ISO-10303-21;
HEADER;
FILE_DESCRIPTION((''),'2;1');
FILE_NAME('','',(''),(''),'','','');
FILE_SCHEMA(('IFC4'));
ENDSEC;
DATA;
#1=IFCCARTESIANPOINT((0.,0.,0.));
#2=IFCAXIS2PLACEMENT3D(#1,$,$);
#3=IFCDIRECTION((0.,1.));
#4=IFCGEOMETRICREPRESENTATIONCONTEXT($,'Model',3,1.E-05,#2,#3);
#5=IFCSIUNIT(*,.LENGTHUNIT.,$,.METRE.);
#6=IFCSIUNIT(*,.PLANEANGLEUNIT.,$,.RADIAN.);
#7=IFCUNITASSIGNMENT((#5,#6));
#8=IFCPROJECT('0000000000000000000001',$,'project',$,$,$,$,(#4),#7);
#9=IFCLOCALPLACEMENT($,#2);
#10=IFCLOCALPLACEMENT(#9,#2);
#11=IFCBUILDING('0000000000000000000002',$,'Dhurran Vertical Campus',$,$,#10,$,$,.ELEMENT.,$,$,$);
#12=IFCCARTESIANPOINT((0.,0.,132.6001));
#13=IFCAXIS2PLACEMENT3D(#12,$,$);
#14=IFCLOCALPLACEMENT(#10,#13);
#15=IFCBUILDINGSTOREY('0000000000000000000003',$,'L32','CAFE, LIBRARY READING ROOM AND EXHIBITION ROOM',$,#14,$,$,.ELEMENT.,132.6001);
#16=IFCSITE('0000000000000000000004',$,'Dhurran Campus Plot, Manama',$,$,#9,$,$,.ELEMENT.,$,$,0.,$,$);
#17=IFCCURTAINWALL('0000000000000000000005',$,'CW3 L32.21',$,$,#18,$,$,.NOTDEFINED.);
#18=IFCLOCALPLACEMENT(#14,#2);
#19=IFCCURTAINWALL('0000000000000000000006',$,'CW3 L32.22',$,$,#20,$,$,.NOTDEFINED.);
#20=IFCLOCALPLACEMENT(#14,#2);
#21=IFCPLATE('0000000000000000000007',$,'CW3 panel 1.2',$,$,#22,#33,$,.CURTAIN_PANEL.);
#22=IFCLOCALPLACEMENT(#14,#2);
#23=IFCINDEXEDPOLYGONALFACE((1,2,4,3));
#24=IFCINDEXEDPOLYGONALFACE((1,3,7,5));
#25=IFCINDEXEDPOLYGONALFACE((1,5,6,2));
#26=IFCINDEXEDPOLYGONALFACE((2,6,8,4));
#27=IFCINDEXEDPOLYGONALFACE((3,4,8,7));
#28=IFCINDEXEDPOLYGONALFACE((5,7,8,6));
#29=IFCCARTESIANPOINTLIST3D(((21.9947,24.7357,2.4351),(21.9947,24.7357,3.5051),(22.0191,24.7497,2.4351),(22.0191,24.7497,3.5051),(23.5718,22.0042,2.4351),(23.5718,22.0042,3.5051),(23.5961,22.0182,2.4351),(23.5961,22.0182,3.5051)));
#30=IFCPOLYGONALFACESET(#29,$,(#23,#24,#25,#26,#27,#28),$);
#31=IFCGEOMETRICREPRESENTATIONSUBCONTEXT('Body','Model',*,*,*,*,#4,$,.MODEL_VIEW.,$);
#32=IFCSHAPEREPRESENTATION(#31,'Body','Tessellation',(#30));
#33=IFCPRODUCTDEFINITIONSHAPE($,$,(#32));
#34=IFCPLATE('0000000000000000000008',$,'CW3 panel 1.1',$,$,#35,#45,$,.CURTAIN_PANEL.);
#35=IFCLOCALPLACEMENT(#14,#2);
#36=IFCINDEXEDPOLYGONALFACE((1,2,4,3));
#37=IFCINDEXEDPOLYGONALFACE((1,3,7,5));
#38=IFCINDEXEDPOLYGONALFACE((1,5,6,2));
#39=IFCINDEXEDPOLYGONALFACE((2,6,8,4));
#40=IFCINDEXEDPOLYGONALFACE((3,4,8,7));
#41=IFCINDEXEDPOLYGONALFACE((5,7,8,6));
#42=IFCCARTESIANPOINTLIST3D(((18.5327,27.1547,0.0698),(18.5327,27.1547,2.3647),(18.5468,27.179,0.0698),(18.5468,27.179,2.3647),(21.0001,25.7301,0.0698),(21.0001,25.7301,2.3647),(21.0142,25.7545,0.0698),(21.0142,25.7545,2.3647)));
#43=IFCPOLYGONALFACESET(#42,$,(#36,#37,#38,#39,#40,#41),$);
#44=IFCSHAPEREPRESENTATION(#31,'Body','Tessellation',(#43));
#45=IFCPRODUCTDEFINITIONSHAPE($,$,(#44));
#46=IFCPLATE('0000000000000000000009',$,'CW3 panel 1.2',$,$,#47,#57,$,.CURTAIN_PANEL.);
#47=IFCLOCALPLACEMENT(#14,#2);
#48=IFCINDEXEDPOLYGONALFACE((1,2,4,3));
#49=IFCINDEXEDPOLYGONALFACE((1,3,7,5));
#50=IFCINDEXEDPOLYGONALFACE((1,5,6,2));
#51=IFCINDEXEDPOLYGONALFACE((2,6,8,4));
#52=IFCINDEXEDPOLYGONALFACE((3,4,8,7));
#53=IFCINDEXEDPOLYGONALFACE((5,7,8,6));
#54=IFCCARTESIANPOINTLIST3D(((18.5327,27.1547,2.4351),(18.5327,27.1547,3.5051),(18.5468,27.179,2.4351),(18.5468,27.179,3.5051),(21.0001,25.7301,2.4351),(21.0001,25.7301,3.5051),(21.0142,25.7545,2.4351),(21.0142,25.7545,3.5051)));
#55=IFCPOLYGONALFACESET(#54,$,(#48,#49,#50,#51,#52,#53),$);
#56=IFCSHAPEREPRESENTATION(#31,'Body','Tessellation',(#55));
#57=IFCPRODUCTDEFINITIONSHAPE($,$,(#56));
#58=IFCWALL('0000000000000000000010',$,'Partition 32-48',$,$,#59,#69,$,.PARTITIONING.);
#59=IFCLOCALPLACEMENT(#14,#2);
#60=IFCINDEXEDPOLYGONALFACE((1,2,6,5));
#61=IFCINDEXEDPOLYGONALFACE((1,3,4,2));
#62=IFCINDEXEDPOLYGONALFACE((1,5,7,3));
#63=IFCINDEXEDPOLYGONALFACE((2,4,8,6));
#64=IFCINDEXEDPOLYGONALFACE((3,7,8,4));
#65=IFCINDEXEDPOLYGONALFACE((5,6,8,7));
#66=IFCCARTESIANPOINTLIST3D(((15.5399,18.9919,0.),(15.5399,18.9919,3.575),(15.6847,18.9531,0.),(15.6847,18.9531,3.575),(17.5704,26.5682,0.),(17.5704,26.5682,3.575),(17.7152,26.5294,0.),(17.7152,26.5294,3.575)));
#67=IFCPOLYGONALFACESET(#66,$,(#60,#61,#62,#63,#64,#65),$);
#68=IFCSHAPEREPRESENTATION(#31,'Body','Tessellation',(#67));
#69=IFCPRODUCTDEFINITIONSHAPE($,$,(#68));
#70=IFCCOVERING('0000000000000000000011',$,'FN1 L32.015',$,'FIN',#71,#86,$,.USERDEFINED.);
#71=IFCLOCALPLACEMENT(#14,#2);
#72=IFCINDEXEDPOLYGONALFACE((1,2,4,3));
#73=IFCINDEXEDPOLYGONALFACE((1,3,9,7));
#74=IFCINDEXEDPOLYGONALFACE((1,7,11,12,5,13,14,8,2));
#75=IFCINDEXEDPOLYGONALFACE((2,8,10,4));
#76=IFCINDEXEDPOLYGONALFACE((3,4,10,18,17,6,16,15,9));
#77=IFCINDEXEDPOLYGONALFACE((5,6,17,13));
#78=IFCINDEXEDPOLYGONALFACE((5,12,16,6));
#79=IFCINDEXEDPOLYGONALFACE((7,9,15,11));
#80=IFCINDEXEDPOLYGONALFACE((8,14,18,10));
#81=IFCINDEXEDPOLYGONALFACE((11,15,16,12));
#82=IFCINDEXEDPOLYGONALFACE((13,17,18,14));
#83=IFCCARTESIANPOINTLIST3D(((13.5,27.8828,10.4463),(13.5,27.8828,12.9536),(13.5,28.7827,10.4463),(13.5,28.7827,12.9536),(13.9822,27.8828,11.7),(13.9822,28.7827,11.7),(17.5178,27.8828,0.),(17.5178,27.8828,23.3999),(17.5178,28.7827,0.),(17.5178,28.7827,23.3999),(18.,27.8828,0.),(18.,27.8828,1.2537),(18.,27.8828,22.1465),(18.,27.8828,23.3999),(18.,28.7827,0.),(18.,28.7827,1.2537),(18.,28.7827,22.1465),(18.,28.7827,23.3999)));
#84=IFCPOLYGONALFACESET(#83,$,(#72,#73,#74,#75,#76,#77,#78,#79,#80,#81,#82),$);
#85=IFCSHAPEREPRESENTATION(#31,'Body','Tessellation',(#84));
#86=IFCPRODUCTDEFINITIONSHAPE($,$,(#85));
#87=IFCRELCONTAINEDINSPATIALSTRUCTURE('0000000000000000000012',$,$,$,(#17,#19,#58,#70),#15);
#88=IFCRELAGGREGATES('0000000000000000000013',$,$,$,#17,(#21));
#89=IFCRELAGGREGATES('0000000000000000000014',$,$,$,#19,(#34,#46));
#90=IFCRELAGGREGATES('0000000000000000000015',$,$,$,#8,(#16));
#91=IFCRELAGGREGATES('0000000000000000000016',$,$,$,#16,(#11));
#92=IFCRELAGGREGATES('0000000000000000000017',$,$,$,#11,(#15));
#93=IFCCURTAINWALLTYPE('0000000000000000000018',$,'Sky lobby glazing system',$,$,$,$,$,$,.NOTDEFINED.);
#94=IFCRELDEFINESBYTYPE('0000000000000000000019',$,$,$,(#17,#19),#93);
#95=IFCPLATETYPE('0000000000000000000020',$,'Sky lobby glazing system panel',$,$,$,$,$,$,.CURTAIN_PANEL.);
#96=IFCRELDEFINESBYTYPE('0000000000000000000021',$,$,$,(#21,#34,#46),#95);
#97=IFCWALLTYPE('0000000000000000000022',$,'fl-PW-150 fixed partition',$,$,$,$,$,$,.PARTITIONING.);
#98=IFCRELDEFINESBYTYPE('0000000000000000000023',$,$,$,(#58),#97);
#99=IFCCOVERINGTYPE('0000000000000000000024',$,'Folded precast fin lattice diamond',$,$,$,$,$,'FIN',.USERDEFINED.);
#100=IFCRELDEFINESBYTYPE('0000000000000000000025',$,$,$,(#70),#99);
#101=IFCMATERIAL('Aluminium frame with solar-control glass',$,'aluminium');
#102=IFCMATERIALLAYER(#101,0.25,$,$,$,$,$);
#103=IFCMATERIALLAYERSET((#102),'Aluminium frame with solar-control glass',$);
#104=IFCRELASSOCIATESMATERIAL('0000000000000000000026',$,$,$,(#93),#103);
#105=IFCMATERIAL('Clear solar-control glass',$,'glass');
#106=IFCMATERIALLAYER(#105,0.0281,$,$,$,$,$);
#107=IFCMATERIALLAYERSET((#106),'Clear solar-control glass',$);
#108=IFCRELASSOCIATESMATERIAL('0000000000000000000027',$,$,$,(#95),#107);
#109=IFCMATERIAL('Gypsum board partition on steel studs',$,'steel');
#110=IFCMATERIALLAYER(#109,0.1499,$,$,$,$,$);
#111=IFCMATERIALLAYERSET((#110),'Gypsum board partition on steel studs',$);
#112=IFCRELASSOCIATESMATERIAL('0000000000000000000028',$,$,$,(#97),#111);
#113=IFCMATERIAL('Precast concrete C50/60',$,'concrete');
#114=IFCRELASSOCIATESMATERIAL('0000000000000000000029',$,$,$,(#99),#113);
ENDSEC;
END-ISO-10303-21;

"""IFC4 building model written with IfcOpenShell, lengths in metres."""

from ifc_helpers import new_model, si_unit, direction, frame, frame_2d, origin, origin_2d, place, context, subcontext, project, spatial, polyline, rectangle, outline, extrude, material, layer, layer_set, type_object, element, aggregate, save


model = new_model("IFC4")

# Units and contexts
model_context = context("Model", 3, precision=1e-05, world=origin(), true_north=direction((0.0, 1.0)))
body_context = subcontext(model_context, "Body", "Model", "MODEL_VIEW")
ifc_project = project(units=[si_unit("LENGTHUNIT", "METRE"), si_unit("PLANEANGLEUNIT", "RADIAN")], contexts=[model_context])

# Site, building, storey
site_placement = place(None, origin())
site = spatial("IfcSite", under=ifc_project, at=site_placement, Name="Dhurran Campus Plot, Manama", CompositionType="ELEMENT", RefElevation=0.0)
building_placement = place(site_placement, origin())
building = spatial("IfcBuilding", under=site, at=building_placement, Name="Dhurran Vertical Campus", CompositionType="ELEMENT")
storey_placement = place(building_placement, frame((0.0, 0.0, 132.6001)))
storey = spatial("IfcBuildingStorey", under=building, at=storey_placement, Name="L32", Description="CAFE, LIBRARY READING ROOM AND EXHIBITION ROOM", CompositionType="ELEMENT", Elevation=132.6001)

# Curtain wall
ifc_material_1 = material(Name="Aluminium frame with solar-control glass", Category="aluminium")
ifc_layer_1 = layer(ifc_material_1, 0.25)
ifc_layer_set_1 = layer_set([ifc_layer_1], Name="Aluminium frame with solar-control glass")
curtain_wall_type = type_object("IfcCurtainWallType", Name="Sky lobby glazing system", PredefinedType="NOTDEFINED", material=ifc_layer_set_1)
curtain_wall_1_placement = place(storey_placement, origin())
curtain_wall_1 = element("IfcCurtainWall", 1, at=curtain_wall_1_placement, inside=storey, type_object=curtain_wall_type, Name="CW3 L32.21", PredefinedType="NOTDEFINED")

# Curtain wall
curtain_wall_2_placement = place(storey_placement, origin())
curtain_wall_2 = element("IfcCurtainWall", 2, at=curtain_wall_2_placement, inside=storey, type_object=curtain_wall_type, Name="CW3 L32.22", PredefinedType="NOTDEFINED")

# Plates
ifc_material_2 = material(Name="Clear solar-control glass", Category="glass")
ifc_layer_2 = layer(ifc_material_2, 0.0281)
ifc_layer_set_2 = layer_set([ifc_layer_2], Name="Clear solar-control glass")
plate_type = type_object("IfcPlateType", Name="Sky lobby glazing system panel", PredefinedType="CURTAIN_PANEL", material=ifc_layer_set_2)
plate_1_placement = place(storey_placement, frame((22.7954, 23.377, 2.4351), z_axis=(0.0, 0.0, 1.0), x_axis=(-0.499998, 0.866026, 0.0)))
plate_1 = element("IfcPlate", 3, at=plate_1_placement, type_object=plate_type, Name="CW3 panel 1.2", PredefinedType="CURTAIN_PANEL", context=body_context, shape_type="SweptSolid", body=[
    extrude(rectangle(XDim=3.1541, YDim=0.0281, at=origin_2d()), origin(), (0.0, 0.0, 1.0), 1.0701),
])
aggregate(curtain_wall_1, [plate_1])
plate_2_placement = place(storey_placement, frame((19.7734, 26.4546, 0.0698), z_axis=(0.0, 0.0, 1.0), x_axis=(-0.866023, 0.500003, 0.0)))
plate_2 = element("IfcPlate", 4, at=plate_2_placement, type_object=plate_type, Name="CW3 panel 1.1", PredefinedType="CURTAIN_PANEL", context=body_context, shape_type="SweptSolid", body=[
    extrude(rectangle(XDim=2.8491, YDim=0.0281, at=origin_2d()), origin(), (0.0, 0.0, 1.0), 2.2949),
])
plate_3_placement = place(storey_placement, frame((19.7734, 26.4546, 2.4351), z_axis=(0.0, 0.0, 1.0), x_axis=(-0.866023, 0.500003, 0.0)))
plate_3 = element("IfcPlate", 5, at=plate_3_placement, type_object=plate_type, Name="CW3 panel 1.2", PredefinedType="CURTAIN_PANEL", context=body_context, shape_type="SweptSolid", body=[
    extrude(rectangle(XDim=2.8491, YDim=0.0281, at=origin_2d()), origin(), (0.0, 0.0, 1.0), 1.0701),
])
aggregate(curtain_wall_2, [plate_2, plate_3])

# Wall
ifc_material_3 = material(Name="Gypsum board partition on steel studs", Category="steel")
ifc_layer_3 = layer(ifc_material_3, 0.1499)
ifc_layer_set_3 = layer_set([ifc_layer_3], Name="Gypsum board partition on steel studs")
wall_type = type_object("IfcWallType", Name="fl-PW-150 fixed partition", PredefinedType="PARTITIONING", material=ifc_layer_set_3)
wall_placement = place(storey_placement, frame((17.6428, 26.5488, 0.0), z_axis=(0.0, 0.0, 1.0), x_axis=(-0.258869, -0.965912, 0.0)))
element("IfcWall", 6, at=wall_placement, inside=storey, type_object=wall_type, Name="Partition 32-48", PredefinedType="PARTITIONING", context=body_context, shape_type="SweptSolid", body=[
    extrude(rectangle(XDim=7.8438, YDim=0.1499, at=frame_2d((3.9219, 0.0))), origin(), (0.0, 0.0, 1.0), 3.575),
])

# Covering
ifc_material_4 = material(Name="Precast concrete C50/60", Category="concrete")
covering_type = type_object("IfcCoveringType", Name="Folded precast fin lattice diamond", ElementType="FIN", PredefinedType="USERDEFINED", material=ifc_material_4)
covering_1_placement = place(storey_placement, frame((18.0, 27.8828, 0.0), z_axis=(0.0, 1.0, 0.0), x_axis=(-1.0, 0.0, 0.0)))
element("IfcCovering", 7, at=covering_1_placement, inside=storey, type_object=covering_type, Name="FN1 L32.015", ObjectType="FIN", PredefinedType="USERDEFINED", context=body_context, shape_type="SweptSolid", body=[
    extrude(outline(polyline([(4.5, 10.4463), (0.4822, 0.0), (0.0, 0.0), (0.0, 1.2537), (4.0178, 11.7), (0.0, 22.1465), (0.0, 23.3999), (0.4822, 23.3999), (4.5, 12.9536), (4.5, 10.4463)])), origin(), (0.0, 0.0, 1.0), 0.8999),
])

save(model, "model.ifc")
